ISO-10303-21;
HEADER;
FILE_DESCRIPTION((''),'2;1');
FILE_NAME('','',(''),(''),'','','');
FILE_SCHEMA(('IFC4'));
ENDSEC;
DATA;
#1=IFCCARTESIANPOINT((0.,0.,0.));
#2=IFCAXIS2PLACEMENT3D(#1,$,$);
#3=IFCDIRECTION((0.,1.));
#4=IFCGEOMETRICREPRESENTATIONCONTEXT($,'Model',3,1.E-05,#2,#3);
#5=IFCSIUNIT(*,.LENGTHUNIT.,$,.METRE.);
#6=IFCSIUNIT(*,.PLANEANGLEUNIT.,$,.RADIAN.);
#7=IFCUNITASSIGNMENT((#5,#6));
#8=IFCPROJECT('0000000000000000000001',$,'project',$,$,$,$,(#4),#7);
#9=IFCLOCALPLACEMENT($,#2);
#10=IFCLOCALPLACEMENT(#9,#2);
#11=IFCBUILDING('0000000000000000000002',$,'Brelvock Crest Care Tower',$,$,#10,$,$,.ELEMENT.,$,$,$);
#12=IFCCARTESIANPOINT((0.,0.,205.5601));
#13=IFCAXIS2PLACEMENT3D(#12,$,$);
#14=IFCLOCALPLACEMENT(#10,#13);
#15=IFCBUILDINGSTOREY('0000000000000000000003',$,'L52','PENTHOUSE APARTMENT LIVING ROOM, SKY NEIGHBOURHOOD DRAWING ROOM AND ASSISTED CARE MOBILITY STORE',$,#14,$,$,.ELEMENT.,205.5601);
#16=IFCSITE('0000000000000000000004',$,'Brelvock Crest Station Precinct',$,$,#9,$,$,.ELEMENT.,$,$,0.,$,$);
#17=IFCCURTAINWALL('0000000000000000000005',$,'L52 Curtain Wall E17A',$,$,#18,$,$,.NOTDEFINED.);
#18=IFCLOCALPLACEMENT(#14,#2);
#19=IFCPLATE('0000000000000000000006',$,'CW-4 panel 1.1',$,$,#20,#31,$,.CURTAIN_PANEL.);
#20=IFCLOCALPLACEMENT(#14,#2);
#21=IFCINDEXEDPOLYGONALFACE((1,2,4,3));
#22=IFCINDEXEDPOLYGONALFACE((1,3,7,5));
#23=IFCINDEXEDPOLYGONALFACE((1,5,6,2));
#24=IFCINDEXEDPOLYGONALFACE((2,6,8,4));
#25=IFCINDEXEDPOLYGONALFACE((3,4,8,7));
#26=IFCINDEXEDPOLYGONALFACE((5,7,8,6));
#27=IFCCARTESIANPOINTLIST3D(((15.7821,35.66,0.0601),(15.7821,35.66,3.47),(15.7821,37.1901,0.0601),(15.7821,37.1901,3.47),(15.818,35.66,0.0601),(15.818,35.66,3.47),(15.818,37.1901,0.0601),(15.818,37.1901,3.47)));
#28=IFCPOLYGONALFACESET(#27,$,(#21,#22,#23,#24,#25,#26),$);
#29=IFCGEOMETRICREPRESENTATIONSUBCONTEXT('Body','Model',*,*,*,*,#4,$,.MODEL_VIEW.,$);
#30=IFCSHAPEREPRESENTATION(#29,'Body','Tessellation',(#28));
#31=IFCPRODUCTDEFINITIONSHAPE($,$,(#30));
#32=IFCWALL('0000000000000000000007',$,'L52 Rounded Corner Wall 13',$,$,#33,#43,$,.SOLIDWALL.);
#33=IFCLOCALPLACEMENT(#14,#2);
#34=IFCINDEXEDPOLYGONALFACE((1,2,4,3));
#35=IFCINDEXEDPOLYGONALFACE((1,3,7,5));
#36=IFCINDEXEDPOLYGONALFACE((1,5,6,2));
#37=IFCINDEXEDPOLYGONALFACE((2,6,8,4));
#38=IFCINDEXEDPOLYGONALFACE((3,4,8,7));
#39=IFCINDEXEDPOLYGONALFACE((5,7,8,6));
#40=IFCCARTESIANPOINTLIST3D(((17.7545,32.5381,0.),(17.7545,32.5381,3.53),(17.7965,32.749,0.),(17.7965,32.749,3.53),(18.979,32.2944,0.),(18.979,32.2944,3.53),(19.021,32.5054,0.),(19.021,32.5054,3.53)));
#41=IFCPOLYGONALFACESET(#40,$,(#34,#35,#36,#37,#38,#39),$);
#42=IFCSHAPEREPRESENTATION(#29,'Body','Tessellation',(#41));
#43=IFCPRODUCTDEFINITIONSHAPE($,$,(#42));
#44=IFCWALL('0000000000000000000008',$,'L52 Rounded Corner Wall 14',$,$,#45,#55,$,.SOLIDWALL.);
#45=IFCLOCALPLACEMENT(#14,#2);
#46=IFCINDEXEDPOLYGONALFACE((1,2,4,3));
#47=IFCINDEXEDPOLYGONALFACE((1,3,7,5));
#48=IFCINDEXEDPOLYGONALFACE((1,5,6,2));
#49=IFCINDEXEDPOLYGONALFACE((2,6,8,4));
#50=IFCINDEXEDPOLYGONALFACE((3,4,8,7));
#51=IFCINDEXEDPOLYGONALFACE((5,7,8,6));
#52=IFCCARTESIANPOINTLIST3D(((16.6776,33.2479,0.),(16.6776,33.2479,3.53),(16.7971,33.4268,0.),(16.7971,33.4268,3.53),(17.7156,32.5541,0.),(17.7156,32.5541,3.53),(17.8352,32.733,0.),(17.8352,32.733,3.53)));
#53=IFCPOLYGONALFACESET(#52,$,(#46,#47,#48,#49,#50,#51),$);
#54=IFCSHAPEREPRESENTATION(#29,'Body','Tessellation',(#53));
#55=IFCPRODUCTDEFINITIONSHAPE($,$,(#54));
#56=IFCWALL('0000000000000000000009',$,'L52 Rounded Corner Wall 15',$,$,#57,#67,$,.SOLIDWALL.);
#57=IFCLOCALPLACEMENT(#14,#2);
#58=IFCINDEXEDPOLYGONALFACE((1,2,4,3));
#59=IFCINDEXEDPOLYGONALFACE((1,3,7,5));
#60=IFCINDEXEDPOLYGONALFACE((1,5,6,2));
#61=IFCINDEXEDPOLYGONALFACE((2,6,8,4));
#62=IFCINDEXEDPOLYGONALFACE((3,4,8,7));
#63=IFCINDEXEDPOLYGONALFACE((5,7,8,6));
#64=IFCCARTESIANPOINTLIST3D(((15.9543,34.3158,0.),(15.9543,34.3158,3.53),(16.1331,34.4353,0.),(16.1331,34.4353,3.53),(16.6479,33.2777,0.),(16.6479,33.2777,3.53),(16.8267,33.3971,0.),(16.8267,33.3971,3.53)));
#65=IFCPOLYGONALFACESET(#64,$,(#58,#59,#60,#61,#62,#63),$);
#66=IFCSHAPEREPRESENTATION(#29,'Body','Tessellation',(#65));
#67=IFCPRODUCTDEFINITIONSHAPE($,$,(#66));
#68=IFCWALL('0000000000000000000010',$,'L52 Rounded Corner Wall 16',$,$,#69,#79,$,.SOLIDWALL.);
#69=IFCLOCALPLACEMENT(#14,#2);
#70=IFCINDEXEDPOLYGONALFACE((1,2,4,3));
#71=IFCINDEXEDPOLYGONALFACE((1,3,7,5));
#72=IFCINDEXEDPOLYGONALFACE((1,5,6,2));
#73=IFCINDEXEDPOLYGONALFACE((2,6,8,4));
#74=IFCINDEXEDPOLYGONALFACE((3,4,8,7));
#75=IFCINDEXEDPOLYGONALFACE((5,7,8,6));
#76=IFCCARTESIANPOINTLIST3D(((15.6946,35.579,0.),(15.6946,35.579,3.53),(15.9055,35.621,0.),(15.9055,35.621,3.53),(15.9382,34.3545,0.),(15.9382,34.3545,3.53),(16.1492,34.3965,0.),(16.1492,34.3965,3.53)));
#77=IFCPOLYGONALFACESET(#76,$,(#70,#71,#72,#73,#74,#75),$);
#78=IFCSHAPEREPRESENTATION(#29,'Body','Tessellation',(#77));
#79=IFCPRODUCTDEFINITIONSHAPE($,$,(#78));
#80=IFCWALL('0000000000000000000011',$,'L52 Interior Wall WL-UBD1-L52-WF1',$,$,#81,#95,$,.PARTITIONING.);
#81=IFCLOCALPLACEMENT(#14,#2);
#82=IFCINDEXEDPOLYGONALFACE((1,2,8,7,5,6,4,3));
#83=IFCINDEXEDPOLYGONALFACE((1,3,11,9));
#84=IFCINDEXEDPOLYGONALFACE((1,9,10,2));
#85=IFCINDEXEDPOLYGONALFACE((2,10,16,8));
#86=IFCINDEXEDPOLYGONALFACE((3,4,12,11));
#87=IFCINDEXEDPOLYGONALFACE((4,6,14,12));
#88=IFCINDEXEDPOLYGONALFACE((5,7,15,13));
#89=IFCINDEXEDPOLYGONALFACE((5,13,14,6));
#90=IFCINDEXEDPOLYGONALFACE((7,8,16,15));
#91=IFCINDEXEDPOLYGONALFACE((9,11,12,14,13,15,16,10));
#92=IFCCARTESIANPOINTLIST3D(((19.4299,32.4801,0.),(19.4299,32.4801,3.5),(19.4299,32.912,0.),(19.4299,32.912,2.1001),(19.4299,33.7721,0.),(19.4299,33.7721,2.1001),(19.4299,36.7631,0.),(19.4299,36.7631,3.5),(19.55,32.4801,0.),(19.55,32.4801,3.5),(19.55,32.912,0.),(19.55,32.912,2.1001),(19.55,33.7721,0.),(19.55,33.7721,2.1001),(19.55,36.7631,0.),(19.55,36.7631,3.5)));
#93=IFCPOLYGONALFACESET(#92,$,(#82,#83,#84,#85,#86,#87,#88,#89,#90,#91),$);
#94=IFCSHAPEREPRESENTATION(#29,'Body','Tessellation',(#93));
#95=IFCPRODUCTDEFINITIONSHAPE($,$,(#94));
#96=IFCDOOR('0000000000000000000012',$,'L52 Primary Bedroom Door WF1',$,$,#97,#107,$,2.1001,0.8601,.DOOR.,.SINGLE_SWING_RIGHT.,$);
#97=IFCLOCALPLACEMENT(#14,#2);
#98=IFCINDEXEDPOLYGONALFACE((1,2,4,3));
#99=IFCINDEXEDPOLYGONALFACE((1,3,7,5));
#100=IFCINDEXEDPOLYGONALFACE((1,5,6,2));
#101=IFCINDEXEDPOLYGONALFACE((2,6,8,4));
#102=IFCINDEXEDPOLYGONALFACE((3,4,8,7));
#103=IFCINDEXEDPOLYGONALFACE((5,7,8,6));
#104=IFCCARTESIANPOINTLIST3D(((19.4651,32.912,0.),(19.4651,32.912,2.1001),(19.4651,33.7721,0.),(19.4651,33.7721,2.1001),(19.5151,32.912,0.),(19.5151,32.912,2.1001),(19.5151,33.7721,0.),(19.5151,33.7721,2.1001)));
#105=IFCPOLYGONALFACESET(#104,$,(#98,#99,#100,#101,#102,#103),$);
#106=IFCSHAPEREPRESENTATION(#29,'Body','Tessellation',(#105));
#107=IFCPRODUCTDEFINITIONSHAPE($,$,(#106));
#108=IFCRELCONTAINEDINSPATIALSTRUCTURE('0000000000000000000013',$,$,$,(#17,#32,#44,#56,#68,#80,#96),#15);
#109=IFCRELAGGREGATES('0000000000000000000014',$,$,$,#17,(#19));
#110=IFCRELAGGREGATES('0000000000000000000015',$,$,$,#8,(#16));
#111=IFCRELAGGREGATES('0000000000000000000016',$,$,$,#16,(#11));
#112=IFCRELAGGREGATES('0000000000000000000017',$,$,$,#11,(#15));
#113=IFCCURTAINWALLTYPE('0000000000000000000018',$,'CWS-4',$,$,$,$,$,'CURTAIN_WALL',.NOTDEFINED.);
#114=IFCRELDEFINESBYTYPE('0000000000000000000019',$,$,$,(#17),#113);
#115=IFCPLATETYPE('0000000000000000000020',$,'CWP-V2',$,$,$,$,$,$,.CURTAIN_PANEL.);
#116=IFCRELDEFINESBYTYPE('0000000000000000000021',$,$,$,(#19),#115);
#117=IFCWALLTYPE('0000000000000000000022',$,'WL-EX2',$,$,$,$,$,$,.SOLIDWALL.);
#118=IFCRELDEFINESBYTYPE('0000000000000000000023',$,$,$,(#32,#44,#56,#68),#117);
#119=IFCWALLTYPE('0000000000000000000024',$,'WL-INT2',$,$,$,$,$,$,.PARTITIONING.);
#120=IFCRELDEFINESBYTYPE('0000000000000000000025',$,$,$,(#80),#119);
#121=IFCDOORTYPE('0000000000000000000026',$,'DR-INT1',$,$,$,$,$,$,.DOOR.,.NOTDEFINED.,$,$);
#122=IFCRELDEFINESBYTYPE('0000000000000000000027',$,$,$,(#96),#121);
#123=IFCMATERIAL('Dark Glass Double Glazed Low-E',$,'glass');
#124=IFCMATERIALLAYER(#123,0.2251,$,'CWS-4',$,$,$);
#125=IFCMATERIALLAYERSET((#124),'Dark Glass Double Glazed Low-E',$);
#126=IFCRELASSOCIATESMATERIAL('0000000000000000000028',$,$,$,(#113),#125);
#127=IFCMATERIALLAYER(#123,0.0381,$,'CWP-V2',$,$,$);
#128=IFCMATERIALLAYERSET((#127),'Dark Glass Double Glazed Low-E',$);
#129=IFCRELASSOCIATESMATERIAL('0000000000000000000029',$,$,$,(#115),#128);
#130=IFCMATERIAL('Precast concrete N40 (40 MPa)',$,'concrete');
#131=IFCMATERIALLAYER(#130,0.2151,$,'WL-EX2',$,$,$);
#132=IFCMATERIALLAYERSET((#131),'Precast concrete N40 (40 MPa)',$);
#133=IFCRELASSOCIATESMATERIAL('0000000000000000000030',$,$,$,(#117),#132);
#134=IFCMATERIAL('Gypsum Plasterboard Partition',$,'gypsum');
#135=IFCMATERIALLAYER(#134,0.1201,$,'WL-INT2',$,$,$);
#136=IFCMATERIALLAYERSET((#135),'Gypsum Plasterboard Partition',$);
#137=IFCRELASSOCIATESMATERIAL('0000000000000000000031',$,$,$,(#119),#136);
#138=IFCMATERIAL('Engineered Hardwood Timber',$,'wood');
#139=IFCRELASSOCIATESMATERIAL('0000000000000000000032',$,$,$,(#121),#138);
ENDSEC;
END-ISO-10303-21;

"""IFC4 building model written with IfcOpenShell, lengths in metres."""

from ifc_helpers import new_model, si_unit, direction, frame, frame_2d, origin, origin_2d, place, context, subcontext, project, spatial, rectangle, extrude, source, transform, mapped, material, layer, layer_set, type_object, element, fill, aggregate, save


model = new_model("IFC4")

# Units and contexts
model_context = context("Model", 3, precision=1e-05, world=origin(), true_north=direction((0.0, 1.0)))
body_context = subcontext(model_context, "Body", "Model", "MODEL_VIEW")
ifc_project = project(units=[si_unit("LENGTHUNIT", "METRE"), si_unit("PLANEANGLEUNIT", "RADIAN")], contexts=[model_context])

# Site, building, storey
site_placement = place(None, origin())
site = spatial("IfcSite", under=ifc_project, at=site_placement, Name="Brelvock Crest Station Precinct", CompositionType="ELEMENT", RefElevation=0.0)
building_placement = place(site_placement, origin())
building = spatial("IfcBuilding", under=site, at=building_placement, Name="Brelvock Crest Care Tower", CompositionType="ELEMENT")
storey_placement = place(building_placement, frame((0.0, 0.0, 205.5601)))
storey = spatial("IfcBuildingStorey", under=building, at=storey_placement, Name="L52", Description="PENTHOUSE APARTMENT LIVING ROOM, SKY NEIGHBOURHOOD DRAWING ROOM AND ASSISTED CARE MOBILITY STORE", CompositionType="ELEMENT", Elevation=205.5601)

# Shared definitions
ifc_material_1 = material(Name="Dark Glass Double Glazed Low-E", Category="glass")
ifc_layer_1 = layer(ifc_material_1, 0.2251, Name="CWS-4")
ifc_layer_set_1 = layer_set([ifc_layer_1], Name="Dark Glass Double Glazed Low-E")
curtain_wall_type = type_object("IfcCurtainWallType", Name="CWS-4", ElementType="CURTAIN_WALL", PredefinedType="NOTDEFINED", material=ifc_layer_set_1)

# Curtain wall
curtain_wall_1_placement = place(storey_placement, origin())
curtain_wall_1 = element("IfcCurtainWall", 1, at=curtain_wall_1_placement, inside=storey, type_object=curtain_wall_type, Name="L52 Curtain Wall E17A", PredefinedType="NOTDEFINED")

# Plate
ifc_layer_2 = layer(ifc_material_1, 0.0381, Name="CWP-V2")
ifc_layer_set_2 = layer_set([ifc_layer_2], Name="Dark Glass Double Glazed Low-E")
plate_type = type_object("IfcPlateType", Name="CWP-V2", PredefinedType="CURTAIN_PANEL", material=ifc_layer_set_2)
shared_shape_1 = source(origin(), body_context, "Body", "SweptSolid", [
    extrude(rectangle(XDim=1.53, YDim=0.0359, at=origin_2d()), origin(), (0.0, 0.0, 1.0), 3.4099),
])
plate_1_placement = place(storey_placement, frame((15.8, 36.425, 0.0601), z_axis=(0.0, 0.0, 1.0), x_axis=(0.0, 1.0, 0.0)))
plate_1 = element("IfcPlate", 2, at=plate_1_placement, type_object=plate_type, Name="CW-4 panel 1.1", PredefinedType="CURTAIN_PANEL", context=body_context, shape_type="MappedRepresentation", body=[
    mapped(shared_shape_1, transform((0.0, 0.0, 0.0), x_axis=(1.0, 0.0, 0.0), y_axis=(0.0, 1.0, 0.0), z_axis=(0.0, 0.0, 1.0), scale=1.0)),
])
aggregate(curtain_wall_1, [plate_1])

# Walls
ifc_material_2 = material(Name="Precast concrete N40 (40 MPa)", Category="concrete")
ifc_layer_3 = layer(ifc_material_2, 0.2151, Name="WL-EX2")
ifc_layer_set_3 = layer_set([ifc_layer_3], Name="Precast concrete N40 (40 MPa)")
wall_type_1 = type_object("IfcWallType", Name="WL-EX2", PredefinedType="SOLIDWALL", material=ifc_layer_set_3)
for number, where, z_axis, x_axis, name in (
    (3, (19.0, 32.3999, 0.0), (0.0, 0.0, 1.0), (-0.980776, 0.195138, 0.0), "L52 Rounded Corner Wall 13"),
    (4, (17.7754, 32.6436, 0.0), (0.0, 0.0, 1.0), (-0.831388, 0.555692, 0.0), "L52 Rounded Corner Wall 14"),
    (5, (16.7373, 33.3374, 0.0), (0.0, 0.0, 1.0), (-0.555557, 0.831478, 0.0), "L52 Rounded Corner Wall 15"),
    (6, (16.0437, 34.3755, 0.0), (0.0, 0.0, 1.0), (-0.195138, 0.980776, 0.0), "L52 Rounded Corner Wall 16"),
):
    element("IfcWall", number, at=place(storey_placement, frame(where, z_axis=z_axis, x_axis=x_axis)), inside=storey, type_object=wall_type_1, Name=name, PredefinedType="SOLIDWALL", context=body_context, shape_type="SweptSolid", body=[
        extrude(rectangle(XDim=1.2485, YDim=0.2151, at=frame_2d((0.6243, 0.0))), origin(), (0.0, 0.0, 1.0), 3.53),
    ])

# Wall, opening, door
ifc_material_3 = material(Name="Gypsum Plasterboard Partition", Category="gypsum")
ifc_layer_4 = layer(ifc_material_3, 0.1201, Name="WL-INT2")
ifc_layer_set_4 = layer_set([ifc_layer_4], Name="Gypsum Plasterboard Partition")
wall_type_2 = type_object("IfcWallType", Name="WL-INT2", PredefinedType="PARTITIONING", material=ifc_layer_set_4)
wall_placement = place(storey_placement, frame((19.49, 32.48, 0.0), z_axis=(0.0, 0.0, 1.0), x_axis=(0.0, 1.0, 0.0)))
wall = element("IfcWall", 7, at=wall_placement, inside=storey, type_object=wall_type_2, Name="L52 Interior Wall WL-UBD1-L52-WF1", PredefinedType="PARTITIONING", context=body_context, shape_type="SweptSolid", body=[
    extrude(rectangle(XDim=4.283, YDim=0.1201, at=frame_2d((2.1416, 0.0))), origin(), (0.0, 0.0, 1.0), 3.5),
])
opening_placement = place(wall_placement, frame((0.4319, 0.0, 0.0)))
opening = element("IfcOpeningElement", 8, at=opening_placement, cuts=wall, PredefinedType="OPENING", context=body_context, shape_type="SweptSolid", body=[
    extrude(rectangle(XDim=0.8601, YDim=2.1001, at=origin_2d()), frame((0.4302, 0.0701, 1.05), z_axis=(0.0, -1.0, 0.0), x_axis=(1.0, 0.0, 0.0)), (0.0, 0.0, 1.0), 0.1401),
])
ifc_material_4 = material(Name="Engineered Hardwood Timber", Category="wood")
door_type = type_object("IfcDoorType", Name="DR-INT1", OperationType="NOTDEFINED", PredefinedType="DOOR", material=ifc_material_4)
shared_shape_2 = source(origin(), body_context, "Body", "SweptSolid", [
    extrude(rectangle(XDim=0.8601, YDim=2.1001, at=origin_2d()), frame((0.4302, 0.0249, 1.05), z_axis=(0.0, -1.0, 0.0), x_axis=(1.0, 0.0, 0.0)), (0.0, 0.0, 1.0), 0.05),
])
door_placement = place(opening_placement, origin())
door = element("IfcDoor", 9, at=door_placement, inside=storey, type_object=door_type, Name="L52 Primary Bedroom Door WF1", OperationType="SINGLE_SWING_RIGHT", OverallHeight=2.1001, OverallWidth=0.8601, PredefinedType="DOOR", context=body_context, shape_type="MappedRepresentation", body=[
    mapped(shared_shape_2, transform((0.0, 0.0, 0.0), x_axis=(1.0, 0.0, 0.0), y_axis=(0.0, 1.0, 0.0), z_axis=(0.0, 0.0, 1.0), scale=1.0)),
])
fill(opening, door)

save(model, "model.ifc")
